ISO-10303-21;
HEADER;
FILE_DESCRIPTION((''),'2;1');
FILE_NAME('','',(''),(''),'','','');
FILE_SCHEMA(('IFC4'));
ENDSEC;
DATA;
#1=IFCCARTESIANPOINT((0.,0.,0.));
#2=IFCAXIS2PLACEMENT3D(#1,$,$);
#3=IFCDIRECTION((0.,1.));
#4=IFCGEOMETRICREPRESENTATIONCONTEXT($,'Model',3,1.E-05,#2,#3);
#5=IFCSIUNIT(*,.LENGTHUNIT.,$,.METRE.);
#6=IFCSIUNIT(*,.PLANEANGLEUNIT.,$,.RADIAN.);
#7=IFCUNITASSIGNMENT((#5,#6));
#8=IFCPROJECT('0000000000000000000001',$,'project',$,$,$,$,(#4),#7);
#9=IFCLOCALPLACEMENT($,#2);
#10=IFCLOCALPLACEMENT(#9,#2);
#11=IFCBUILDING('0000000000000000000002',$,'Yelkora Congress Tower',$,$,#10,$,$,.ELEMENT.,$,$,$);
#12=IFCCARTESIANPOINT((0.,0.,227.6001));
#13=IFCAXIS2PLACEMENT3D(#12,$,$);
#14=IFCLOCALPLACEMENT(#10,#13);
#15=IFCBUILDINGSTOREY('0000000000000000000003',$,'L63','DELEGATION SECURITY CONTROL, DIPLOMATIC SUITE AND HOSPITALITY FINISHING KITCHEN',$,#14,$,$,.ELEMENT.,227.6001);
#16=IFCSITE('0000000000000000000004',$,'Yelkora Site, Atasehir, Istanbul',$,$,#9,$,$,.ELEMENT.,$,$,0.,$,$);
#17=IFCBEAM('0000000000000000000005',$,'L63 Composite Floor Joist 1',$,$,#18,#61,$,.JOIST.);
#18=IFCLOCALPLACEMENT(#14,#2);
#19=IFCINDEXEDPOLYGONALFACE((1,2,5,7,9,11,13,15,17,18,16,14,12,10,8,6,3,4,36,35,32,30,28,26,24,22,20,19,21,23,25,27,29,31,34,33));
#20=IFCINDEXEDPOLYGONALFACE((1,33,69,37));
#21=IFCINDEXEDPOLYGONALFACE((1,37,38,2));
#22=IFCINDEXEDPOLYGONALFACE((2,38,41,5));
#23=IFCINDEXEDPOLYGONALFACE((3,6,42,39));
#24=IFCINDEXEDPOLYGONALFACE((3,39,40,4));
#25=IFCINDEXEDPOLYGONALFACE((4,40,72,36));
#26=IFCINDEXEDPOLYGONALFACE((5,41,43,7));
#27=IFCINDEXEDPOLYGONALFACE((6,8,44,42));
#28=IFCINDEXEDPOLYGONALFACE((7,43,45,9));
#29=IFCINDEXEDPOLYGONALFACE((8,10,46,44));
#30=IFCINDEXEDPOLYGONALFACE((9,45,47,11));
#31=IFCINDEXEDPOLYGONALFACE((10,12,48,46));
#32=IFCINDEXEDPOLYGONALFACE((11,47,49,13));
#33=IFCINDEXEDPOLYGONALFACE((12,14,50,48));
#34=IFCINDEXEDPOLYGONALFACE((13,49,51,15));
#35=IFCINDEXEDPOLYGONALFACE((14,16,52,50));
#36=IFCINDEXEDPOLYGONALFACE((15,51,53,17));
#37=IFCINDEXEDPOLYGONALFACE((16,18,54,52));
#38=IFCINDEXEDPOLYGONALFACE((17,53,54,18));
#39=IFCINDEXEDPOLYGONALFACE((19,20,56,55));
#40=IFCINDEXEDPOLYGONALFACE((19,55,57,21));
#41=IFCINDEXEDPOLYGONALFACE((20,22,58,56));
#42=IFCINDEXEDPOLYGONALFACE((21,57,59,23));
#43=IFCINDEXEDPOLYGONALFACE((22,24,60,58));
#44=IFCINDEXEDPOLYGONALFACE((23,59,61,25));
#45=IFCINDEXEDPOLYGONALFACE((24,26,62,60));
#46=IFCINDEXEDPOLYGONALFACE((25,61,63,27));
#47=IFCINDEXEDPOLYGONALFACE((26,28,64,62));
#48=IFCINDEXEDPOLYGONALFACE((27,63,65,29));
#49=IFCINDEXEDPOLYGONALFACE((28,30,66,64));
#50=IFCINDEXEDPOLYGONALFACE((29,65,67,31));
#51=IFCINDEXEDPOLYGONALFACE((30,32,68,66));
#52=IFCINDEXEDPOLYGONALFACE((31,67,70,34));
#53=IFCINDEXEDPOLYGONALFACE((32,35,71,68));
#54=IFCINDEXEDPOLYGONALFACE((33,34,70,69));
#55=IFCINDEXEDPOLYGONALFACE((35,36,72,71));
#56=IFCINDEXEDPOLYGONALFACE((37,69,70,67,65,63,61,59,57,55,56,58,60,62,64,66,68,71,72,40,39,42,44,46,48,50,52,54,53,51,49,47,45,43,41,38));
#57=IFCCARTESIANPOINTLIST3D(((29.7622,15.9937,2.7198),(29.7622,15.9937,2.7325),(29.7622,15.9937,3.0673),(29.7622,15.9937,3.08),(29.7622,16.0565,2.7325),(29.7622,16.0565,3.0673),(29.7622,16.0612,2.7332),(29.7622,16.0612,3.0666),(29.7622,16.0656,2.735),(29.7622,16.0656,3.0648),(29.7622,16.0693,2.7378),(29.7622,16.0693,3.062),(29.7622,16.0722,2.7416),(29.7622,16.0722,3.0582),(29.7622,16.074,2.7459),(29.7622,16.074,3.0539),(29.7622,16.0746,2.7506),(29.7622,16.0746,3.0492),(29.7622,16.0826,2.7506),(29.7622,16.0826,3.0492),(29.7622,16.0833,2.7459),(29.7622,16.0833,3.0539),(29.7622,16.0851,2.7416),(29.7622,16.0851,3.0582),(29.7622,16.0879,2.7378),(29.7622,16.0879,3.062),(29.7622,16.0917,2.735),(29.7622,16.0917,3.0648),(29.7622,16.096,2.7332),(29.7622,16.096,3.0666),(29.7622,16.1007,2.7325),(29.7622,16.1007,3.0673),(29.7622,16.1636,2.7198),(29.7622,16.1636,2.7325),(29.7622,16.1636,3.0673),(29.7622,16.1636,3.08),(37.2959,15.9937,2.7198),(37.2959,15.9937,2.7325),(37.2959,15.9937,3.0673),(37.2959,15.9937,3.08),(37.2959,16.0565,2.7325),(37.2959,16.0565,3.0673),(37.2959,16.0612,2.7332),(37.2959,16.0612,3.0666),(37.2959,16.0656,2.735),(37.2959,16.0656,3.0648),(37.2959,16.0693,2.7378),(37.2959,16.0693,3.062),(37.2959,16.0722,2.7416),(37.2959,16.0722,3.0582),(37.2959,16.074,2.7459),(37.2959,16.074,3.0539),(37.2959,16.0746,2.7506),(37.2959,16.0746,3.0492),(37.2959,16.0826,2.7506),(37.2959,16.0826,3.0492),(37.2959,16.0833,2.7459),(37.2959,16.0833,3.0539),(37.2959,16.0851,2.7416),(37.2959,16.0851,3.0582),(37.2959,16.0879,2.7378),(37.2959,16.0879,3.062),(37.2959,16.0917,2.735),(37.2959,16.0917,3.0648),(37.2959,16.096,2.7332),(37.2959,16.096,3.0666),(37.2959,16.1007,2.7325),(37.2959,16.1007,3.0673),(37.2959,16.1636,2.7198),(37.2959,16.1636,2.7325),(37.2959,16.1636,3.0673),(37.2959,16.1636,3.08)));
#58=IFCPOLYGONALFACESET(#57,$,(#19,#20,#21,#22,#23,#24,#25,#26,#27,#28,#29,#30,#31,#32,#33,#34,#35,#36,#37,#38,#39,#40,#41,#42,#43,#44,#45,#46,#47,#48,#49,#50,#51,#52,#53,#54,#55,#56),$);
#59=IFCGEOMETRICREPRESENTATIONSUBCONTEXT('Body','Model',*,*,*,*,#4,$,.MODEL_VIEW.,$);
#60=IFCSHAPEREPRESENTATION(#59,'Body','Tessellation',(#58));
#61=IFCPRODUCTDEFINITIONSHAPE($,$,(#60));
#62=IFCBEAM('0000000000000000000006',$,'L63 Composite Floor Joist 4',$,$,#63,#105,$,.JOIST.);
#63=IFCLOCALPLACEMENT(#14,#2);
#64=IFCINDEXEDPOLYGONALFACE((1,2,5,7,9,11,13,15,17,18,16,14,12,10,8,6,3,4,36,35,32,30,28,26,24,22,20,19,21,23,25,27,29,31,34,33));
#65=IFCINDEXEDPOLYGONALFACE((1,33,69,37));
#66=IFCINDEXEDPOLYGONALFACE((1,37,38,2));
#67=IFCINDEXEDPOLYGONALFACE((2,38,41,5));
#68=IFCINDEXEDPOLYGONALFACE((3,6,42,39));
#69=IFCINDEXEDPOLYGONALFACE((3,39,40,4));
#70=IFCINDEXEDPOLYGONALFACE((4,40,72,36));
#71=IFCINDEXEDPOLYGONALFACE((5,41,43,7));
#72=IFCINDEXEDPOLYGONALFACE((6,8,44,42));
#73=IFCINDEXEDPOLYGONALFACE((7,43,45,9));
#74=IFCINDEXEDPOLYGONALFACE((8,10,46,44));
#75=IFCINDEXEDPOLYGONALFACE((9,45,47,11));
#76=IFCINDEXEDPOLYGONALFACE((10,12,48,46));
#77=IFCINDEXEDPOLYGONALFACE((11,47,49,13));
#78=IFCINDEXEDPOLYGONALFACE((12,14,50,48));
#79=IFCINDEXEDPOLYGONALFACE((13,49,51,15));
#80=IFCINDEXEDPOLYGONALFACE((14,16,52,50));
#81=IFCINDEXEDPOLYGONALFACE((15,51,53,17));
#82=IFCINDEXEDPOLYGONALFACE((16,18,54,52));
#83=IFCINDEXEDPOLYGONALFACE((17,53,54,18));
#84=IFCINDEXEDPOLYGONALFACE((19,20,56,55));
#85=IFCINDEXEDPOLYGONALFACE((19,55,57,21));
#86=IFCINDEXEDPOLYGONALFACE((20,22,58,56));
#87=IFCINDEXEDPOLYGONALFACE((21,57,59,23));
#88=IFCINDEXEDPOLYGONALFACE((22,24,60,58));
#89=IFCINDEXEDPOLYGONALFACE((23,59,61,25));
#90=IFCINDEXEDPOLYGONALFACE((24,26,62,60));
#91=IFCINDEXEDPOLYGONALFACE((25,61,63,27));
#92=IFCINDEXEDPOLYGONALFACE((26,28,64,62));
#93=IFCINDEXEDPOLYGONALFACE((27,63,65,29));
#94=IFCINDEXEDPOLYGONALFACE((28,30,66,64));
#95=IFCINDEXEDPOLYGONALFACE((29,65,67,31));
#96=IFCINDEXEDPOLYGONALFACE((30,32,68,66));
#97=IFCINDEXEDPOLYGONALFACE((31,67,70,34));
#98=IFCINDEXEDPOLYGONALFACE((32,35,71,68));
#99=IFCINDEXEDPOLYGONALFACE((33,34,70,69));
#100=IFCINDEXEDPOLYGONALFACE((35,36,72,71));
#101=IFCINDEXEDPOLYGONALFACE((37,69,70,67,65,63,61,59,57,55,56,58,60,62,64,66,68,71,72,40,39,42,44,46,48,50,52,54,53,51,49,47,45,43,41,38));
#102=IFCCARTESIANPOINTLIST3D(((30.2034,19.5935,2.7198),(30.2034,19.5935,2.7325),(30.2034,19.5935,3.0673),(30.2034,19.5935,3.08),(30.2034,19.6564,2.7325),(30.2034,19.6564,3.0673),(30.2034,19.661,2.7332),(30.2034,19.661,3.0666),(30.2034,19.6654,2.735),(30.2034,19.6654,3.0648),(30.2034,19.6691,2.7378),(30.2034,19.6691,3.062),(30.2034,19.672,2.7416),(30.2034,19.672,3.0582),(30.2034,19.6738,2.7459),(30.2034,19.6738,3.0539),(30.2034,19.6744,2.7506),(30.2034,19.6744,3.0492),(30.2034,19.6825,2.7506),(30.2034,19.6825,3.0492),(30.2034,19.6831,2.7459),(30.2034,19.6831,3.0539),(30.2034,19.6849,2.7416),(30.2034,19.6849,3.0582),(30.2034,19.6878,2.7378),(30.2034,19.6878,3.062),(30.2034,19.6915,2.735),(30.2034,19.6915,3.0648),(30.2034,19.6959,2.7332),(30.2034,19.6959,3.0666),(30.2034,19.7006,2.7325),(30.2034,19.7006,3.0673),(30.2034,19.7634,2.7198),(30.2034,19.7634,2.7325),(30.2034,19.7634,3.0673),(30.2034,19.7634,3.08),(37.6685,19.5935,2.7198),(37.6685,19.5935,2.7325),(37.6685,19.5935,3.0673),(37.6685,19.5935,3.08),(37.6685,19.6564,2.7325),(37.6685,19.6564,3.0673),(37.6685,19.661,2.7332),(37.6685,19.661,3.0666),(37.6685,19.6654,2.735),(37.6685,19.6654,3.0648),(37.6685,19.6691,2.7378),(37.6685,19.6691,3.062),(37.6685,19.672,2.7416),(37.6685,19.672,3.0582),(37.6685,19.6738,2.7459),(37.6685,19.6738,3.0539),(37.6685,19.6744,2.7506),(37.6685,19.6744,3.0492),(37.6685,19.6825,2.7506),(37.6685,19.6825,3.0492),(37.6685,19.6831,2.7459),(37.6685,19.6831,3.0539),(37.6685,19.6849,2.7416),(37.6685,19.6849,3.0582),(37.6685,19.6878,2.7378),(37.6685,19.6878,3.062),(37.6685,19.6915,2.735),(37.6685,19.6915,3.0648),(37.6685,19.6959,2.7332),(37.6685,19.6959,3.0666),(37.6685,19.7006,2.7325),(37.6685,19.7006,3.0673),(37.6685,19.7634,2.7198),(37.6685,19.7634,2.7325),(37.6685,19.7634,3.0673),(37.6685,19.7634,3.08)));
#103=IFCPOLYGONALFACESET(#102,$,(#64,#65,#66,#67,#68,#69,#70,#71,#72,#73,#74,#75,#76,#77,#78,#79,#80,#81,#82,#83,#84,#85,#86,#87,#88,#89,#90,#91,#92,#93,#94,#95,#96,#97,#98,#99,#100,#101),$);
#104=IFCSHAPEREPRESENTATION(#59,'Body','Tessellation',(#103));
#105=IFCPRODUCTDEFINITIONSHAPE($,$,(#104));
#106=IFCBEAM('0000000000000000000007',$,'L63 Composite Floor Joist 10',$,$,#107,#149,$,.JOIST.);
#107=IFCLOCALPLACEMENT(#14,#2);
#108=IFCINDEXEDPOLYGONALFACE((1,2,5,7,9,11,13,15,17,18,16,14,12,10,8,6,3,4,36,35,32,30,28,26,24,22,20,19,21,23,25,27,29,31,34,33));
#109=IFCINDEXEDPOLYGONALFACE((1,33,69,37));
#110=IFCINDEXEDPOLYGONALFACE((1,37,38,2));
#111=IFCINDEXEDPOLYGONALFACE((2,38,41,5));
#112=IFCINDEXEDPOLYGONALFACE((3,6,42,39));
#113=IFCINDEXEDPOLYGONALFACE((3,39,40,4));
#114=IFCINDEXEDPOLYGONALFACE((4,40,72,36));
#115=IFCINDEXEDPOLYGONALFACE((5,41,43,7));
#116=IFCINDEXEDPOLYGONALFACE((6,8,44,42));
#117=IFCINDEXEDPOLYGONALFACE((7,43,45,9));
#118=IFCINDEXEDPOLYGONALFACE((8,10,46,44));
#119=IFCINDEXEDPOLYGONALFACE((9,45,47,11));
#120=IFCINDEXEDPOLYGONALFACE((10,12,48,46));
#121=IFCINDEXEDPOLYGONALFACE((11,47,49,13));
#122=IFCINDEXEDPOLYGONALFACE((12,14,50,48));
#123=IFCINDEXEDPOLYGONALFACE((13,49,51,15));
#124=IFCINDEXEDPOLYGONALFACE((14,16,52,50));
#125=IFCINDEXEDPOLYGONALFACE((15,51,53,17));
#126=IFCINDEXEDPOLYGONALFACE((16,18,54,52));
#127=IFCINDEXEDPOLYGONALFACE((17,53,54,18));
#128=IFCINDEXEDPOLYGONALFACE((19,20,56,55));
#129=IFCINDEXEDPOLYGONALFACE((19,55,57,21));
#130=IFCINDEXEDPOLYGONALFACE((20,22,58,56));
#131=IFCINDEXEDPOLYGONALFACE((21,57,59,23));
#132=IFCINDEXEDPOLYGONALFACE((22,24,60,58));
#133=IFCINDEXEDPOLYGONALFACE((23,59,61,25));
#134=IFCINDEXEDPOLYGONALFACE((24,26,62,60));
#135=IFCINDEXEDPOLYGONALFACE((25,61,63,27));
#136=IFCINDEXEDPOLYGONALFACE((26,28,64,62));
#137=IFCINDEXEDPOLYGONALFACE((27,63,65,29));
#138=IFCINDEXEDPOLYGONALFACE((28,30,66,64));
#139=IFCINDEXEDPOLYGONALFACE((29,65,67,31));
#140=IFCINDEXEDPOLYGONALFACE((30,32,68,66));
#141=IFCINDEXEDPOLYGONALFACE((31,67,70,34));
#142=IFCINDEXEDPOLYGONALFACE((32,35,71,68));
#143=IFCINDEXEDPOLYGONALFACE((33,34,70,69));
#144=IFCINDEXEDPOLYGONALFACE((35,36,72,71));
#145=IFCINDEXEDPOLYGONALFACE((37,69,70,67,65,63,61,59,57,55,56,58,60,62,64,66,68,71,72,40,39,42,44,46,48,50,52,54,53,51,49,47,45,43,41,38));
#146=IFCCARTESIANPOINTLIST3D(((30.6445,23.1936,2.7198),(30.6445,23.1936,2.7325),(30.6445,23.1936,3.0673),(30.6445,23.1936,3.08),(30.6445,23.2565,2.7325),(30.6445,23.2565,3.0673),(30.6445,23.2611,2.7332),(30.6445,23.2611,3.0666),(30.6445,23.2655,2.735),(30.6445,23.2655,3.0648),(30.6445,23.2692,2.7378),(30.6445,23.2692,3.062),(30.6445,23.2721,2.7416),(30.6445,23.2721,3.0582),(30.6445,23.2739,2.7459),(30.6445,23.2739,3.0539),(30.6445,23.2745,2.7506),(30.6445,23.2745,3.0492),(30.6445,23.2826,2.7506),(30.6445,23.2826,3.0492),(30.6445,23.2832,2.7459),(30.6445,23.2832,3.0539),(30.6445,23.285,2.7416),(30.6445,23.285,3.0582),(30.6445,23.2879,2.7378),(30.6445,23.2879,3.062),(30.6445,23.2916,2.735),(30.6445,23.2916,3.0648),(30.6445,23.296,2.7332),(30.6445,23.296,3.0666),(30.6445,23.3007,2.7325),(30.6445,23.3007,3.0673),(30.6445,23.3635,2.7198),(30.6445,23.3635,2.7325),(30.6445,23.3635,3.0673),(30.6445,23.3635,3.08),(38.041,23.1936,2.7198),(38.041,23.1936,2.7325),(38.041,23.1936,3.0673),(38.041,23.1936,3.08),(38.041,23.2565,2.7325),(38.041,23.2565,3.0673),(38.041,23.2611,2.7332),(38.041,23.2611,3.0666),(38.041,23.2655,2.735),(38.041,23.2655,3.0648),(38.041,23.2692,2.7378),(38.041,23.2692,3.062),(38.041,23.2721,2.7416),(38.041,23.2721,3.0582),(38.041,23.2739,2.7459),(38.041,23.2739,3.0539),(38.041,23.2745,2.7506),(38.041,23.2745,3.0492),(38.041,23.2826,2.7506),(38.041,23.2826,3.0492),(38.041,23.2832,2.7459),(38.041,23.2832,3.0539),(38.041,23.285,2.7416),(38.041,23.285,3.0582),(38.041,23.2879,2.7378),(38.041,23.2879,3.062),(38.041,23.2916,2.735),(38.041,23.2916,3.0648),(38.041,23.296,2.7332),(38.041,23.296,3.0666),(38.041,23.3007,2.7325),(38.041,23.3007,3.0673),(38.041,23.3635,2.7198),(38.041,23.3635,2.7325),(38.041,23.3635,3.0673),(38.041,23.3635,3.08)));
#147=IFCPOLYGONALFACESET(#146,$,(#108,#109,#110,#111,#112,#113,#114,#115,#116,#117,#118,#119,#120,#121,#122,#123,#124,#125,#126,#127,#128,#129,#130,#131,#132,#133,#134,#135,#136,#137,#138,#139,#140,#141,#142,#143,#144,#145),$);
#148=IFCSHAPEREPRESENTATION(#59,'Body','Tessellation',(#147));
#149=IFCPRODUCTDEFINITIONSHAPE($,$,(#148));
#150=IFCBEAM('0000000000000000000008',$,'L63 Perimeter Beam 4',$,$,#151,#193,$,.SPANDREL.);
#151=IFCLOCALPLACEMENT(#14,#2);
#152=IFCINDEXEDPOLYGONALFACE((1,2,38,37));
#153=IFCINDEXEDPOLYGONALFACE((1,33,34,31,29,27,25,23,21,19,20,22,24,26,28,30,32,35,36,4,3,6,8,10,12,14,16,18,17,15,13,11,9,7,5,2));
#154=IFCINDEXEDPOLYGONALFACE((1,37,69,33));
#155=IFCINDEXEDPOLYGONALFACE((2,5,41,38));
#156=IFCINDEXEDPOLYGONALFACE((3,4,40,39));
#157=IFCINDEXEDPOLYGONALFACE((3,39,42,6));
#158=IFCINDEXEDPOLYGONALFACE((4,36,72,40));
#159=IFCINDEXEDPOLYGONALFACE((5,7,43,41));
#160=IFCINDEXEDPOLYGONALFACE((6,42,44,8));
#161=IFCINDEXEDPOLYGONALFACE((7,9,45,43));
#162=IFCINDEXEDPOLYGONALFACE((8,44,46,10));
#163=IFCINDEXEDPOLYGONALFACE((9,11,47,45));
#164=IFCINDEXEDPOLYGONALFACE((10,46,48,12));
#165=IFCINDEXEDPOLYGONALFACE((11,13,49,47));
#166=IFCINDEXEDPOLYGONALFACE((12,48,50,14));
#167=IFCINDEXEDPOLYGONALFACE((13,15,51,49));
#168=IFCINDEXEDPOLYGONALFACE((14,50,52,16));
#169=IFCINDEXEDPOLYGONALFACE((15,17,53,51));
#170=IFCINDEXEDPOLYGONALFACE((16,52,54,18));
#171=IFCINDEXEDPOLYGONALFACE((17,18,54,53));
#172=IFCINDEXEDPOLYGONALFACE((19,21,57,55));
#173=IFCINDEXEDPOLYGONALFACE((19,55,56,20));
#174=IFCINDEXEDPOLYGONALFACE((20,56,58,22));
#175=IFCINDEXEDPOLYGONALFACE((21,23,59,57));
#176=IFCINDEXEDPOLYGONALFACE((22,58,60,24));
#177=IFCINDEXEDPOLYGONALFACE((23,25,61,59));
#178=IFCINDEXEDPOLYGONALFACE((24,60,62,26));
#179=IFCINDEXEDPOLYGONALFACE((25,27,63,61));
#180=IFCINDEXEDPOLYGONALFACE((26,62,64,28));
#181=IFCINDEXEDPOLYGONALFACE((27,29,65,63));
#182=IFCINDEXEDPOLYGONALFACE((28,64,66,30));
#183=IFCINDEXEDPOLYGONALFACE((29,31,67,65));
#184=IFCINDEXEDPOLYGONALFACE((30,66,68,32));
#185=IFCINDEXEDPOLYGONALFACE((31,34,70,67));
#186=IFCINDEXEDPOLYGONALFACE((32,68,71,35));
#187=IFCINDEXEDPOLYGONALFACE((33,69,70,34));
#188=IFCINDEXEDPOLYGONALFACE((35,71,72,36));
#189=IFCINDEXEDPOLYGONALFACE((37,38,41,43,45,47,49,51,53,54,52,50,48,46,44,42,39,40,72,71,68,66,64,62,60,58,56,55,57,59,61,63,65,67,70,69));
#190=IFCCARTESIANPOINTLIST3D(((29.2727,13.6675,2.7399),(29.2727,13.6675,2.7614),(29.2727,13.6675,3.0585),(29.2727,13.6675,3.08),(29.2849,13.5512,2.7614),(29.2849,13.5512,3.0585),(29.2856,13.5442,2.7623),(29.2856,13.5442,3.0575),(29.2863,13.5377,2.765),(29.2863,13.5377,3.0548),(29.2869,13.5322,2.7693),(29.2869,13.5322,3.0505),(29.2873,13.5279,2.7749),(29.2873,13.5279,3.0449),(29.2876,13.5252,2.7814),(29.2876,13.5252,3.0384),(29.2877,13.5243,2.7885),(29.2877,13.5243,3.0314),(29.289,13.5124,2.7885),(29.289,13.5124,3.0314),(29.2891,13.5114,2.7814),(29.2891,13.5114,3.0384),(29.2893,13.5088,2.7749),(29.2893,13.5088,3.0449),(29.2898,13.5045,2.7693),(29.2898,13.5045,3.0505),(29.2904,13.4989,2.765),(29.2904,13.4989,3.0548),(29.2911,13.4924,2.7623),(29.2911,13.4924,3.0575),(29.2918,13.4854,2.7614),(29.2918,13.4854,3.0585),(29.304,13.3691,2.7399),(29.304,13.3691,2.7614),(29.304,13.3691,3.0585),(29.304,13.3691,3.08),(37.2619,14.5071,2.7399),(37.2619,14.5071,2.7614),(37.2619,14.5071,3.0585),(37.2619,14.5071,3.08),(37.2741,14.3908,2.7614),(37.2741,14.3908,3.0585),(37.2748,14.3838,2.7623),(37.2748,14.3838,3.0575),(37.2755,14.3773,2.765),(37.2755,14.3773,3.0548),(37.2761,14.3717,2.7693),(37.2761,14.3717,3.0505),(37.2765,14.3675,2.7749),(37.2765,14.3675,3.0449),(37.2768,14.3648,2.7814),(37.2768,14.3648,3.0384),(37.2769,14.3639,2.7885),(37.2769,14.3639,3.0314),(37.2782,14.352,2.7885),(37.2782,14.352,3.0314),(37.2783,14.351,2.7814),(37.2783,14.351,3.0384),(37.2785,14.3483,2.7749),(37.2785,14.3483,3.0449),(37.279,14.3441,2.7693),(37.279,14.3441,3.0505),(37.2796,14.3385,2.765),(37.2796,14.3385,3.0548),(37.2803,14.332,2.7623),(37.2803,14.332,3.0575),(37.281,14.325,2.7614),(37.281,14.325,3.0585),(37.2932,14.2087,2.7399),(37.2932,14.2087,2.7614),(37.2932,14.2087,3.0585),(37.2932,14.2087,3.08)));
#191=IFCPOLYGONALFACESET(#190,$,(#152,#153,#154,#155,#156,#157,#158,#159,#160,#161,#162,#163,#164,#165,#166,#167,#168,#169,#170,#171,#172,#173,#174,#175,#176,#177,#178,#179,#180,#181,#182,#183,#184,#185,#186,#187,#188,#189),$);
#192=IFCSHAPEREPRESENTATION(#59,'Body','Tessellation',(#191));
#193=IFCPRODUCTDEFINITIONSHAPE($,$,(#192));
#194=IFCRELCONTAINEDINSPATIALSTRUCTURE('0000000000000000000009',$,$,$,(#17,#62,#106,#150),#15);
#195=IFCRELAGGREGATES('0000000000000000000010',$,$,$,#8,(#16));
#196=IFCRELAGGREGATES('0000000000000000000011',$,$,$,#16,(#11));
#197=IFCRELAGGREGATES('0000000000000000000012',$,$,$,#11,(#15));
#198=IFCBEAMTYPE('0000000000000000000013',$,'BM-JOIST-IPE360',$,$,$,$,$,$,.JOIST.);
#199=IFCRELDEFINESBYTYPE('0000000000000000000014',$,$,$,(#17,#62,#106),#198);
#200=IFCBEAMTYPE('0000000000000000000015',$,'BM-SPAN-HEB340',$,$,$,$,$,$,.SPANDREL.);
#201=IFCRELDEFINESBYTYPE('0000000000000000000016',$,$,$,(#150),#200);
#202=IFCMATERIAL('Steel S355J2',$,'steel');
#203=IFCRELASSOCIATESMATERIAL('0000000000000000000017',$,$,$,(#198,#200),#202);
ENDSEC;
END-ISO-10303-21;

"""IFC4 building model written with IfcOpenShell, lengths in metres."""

from ifc_helpers import new_model, si_unit, direction, frame, origin, origin_2d, place, context, subcontext, project, spatial, i_section, extrude, material, material_profile, profile_set, type_object, element, save


model = new_model("IFC4")

# Units and contexts
model_context = context("Model", 3, precision=1e-05, world=origin(), true_north=direction((0.0, 1.0)))
body_context = subcontext(model_context, "Body", "Model", "MODEL_VIEW")
ifc_project = project(units=[si_unit("LENGTHUNIT", "METRE"), si_unit("PLANEANGLEUNIT", "RADIAN")], contexts=[model_context])

# Site, building, storey
site_placement = place(None, origin())
site = spatial("IfcSite", under=ifc_project, at=site_placement, Name="Yelkora Site, Atasehir, Istanbul", CompositionType="ELEMENT", RefElevation=0.0)
building_placement = place(site_placement, origin())
building = spatial("IfcBuilding", under=site, at=building_placement, Name="Yelkora Congress Tower", CompositionType="ELEMENT")
storey_placement = place(building_placement, frame((0.0, 0.0, 227.6001)))
storey = spatial("IfcBuildingStorey", under=building, at=storey_placement, Name="L63", Description="DELEGATION SECURITY CONTROL, DIPLOMATIC SUITE AND HOSPITALITY FINISHING KITCHEN", CompositionType="ELEMENT", Elevation=227.6001)

# Shared definitions
ifc_material_1 = material(Name="Steel S355J2", Category="steel")

# Beams
ifc_material_profile_1 = material_profile(ifc_material_1, i_section(OverallWidth=0.1699, OverallDepth=0.3601, WebThickness=0.0081, FlangeThickness=0.0127, FilletRadius=0.0181, at=origin_2d()), Name="IPE 360")
ifc_profile_set_1 = profile_set([ifc_material_profile_1], Name="Steel S355J2")
beam_type_1 = type_object("IfcBeamType", Name="BM-JOIST-IPE360", PredefinedType="JOIST", material=ifc_profile_set_1)
beam_1_placement = place(storey_placement, frame((29.7622, 16.0786, 2.8999), z_axis=(1.0, 0.0, 0.0), x_axis=(0.0, 1.0, 0.0)))
element("IfcBeam", 1, at=beam_1_placement, inside=storey, type_object=beam_type_1, Name="L63 Composite Floor Joist 1", PredefinedType="JOIST", context=body_context, shape_type="SweptSolid", body=[
    extrude(i_section(OverallWidth=0.1699, OverallDepth=0.3601, WebThickness=0.0081, FlangeThickness=0.0127, FilletRadius=0.0181, at=origin_2d()), origin(), (0.0, 0.0, 1.0), 7.5337),
])
beam_2_placement = place(storey_placement, frame((30.2034, 19.6785, 2.8999), z_axis=(1.0, 0.0, 0.0), x_axis=(0.0, 1.0, 0.0)))
element("IfcBeam", 2, at=beam_2_placement, inside=storey, type_object=beam_type_1, Name="L63 Composite Floor Joist 4", PredefinedType="JOIST", context=body_context, shape_type="SweptSolid", body=[
    extrude(i_section(OverallWidth=0.1699, OverallDepth=0.3601, WebThickness=0.0081, FlangeThickness=0.0127, FilletRadius=0.0181, at=origin_2d()), origin(), (0.0, 0.0, 1.0), 7.4651),
])
beam_3_placement = place(storey_placement, frame((30.6445, 23.2786, 2.8999), z_axis=(1.0, 0.0, 0.0), x_axis=(0.0, 1.0, 0.0)))
element("IfcBeam", 3, at=beam_3_placement, inside=storey, type_object=beam_type_1, Name="L63 Composite Floor Joist 10", PredefinedType="JOIST", context=body_context, shape_type="SweptSolid", body=[
    extrude(i_section(OverallWidth=0.1699, OverallDepth=0.3601, WebThickness=0.0081, FlangeThickness=0.0127, FilletRadius=0.0181, at=origin_2d()), origin(), (0.0, 0.0, 1.0), 7.3965),
])
ifc_material_profile_2 = material_profile(ifc_material_1, i_section(OverallWidth=0.3, OverallDepth=0.3401, WebThickness=0.012, FlangeThickness=0.0215, FilletRadius=0.0271, at=origin_2d()), Name="HEB 340")
ifc_profile_set_2 = profile_set([ifc_material_profile_2], Name="Steel S355J2")
beam_type_2 = type_object("IfcBeamType", Name="BM-SPAN-HEB340", PredefinedType="SPANDREL", material=ifc_profile_set_2)
beam_4_placement = place(storey_placement, frame((29.2883, 13.5183, 2.9099), z_axis=(0.994523, 0.104516, 0.0), x_axis=(-0.104516, 0.994523, 0.0)))
element("IfcBeam", 4, at=beam_4_placement, inside=storey, type_object=beam_type_2, Name="L63 Perimeter Beam 4", PredefinedType="SPANDREL", context=body_context, shape_type="SweptSolid", body=[
    extrude(i_section(OverallWidth=0.3, OverallDepth=0.3401, WebThickness=0.012, FlangeThickness=0.0215, FilletRadius=0.0271, at=origin_2d()), origin(), (0.0, 0.0, 1.0), 8.0332),
])

save(model, "model.ifc")
